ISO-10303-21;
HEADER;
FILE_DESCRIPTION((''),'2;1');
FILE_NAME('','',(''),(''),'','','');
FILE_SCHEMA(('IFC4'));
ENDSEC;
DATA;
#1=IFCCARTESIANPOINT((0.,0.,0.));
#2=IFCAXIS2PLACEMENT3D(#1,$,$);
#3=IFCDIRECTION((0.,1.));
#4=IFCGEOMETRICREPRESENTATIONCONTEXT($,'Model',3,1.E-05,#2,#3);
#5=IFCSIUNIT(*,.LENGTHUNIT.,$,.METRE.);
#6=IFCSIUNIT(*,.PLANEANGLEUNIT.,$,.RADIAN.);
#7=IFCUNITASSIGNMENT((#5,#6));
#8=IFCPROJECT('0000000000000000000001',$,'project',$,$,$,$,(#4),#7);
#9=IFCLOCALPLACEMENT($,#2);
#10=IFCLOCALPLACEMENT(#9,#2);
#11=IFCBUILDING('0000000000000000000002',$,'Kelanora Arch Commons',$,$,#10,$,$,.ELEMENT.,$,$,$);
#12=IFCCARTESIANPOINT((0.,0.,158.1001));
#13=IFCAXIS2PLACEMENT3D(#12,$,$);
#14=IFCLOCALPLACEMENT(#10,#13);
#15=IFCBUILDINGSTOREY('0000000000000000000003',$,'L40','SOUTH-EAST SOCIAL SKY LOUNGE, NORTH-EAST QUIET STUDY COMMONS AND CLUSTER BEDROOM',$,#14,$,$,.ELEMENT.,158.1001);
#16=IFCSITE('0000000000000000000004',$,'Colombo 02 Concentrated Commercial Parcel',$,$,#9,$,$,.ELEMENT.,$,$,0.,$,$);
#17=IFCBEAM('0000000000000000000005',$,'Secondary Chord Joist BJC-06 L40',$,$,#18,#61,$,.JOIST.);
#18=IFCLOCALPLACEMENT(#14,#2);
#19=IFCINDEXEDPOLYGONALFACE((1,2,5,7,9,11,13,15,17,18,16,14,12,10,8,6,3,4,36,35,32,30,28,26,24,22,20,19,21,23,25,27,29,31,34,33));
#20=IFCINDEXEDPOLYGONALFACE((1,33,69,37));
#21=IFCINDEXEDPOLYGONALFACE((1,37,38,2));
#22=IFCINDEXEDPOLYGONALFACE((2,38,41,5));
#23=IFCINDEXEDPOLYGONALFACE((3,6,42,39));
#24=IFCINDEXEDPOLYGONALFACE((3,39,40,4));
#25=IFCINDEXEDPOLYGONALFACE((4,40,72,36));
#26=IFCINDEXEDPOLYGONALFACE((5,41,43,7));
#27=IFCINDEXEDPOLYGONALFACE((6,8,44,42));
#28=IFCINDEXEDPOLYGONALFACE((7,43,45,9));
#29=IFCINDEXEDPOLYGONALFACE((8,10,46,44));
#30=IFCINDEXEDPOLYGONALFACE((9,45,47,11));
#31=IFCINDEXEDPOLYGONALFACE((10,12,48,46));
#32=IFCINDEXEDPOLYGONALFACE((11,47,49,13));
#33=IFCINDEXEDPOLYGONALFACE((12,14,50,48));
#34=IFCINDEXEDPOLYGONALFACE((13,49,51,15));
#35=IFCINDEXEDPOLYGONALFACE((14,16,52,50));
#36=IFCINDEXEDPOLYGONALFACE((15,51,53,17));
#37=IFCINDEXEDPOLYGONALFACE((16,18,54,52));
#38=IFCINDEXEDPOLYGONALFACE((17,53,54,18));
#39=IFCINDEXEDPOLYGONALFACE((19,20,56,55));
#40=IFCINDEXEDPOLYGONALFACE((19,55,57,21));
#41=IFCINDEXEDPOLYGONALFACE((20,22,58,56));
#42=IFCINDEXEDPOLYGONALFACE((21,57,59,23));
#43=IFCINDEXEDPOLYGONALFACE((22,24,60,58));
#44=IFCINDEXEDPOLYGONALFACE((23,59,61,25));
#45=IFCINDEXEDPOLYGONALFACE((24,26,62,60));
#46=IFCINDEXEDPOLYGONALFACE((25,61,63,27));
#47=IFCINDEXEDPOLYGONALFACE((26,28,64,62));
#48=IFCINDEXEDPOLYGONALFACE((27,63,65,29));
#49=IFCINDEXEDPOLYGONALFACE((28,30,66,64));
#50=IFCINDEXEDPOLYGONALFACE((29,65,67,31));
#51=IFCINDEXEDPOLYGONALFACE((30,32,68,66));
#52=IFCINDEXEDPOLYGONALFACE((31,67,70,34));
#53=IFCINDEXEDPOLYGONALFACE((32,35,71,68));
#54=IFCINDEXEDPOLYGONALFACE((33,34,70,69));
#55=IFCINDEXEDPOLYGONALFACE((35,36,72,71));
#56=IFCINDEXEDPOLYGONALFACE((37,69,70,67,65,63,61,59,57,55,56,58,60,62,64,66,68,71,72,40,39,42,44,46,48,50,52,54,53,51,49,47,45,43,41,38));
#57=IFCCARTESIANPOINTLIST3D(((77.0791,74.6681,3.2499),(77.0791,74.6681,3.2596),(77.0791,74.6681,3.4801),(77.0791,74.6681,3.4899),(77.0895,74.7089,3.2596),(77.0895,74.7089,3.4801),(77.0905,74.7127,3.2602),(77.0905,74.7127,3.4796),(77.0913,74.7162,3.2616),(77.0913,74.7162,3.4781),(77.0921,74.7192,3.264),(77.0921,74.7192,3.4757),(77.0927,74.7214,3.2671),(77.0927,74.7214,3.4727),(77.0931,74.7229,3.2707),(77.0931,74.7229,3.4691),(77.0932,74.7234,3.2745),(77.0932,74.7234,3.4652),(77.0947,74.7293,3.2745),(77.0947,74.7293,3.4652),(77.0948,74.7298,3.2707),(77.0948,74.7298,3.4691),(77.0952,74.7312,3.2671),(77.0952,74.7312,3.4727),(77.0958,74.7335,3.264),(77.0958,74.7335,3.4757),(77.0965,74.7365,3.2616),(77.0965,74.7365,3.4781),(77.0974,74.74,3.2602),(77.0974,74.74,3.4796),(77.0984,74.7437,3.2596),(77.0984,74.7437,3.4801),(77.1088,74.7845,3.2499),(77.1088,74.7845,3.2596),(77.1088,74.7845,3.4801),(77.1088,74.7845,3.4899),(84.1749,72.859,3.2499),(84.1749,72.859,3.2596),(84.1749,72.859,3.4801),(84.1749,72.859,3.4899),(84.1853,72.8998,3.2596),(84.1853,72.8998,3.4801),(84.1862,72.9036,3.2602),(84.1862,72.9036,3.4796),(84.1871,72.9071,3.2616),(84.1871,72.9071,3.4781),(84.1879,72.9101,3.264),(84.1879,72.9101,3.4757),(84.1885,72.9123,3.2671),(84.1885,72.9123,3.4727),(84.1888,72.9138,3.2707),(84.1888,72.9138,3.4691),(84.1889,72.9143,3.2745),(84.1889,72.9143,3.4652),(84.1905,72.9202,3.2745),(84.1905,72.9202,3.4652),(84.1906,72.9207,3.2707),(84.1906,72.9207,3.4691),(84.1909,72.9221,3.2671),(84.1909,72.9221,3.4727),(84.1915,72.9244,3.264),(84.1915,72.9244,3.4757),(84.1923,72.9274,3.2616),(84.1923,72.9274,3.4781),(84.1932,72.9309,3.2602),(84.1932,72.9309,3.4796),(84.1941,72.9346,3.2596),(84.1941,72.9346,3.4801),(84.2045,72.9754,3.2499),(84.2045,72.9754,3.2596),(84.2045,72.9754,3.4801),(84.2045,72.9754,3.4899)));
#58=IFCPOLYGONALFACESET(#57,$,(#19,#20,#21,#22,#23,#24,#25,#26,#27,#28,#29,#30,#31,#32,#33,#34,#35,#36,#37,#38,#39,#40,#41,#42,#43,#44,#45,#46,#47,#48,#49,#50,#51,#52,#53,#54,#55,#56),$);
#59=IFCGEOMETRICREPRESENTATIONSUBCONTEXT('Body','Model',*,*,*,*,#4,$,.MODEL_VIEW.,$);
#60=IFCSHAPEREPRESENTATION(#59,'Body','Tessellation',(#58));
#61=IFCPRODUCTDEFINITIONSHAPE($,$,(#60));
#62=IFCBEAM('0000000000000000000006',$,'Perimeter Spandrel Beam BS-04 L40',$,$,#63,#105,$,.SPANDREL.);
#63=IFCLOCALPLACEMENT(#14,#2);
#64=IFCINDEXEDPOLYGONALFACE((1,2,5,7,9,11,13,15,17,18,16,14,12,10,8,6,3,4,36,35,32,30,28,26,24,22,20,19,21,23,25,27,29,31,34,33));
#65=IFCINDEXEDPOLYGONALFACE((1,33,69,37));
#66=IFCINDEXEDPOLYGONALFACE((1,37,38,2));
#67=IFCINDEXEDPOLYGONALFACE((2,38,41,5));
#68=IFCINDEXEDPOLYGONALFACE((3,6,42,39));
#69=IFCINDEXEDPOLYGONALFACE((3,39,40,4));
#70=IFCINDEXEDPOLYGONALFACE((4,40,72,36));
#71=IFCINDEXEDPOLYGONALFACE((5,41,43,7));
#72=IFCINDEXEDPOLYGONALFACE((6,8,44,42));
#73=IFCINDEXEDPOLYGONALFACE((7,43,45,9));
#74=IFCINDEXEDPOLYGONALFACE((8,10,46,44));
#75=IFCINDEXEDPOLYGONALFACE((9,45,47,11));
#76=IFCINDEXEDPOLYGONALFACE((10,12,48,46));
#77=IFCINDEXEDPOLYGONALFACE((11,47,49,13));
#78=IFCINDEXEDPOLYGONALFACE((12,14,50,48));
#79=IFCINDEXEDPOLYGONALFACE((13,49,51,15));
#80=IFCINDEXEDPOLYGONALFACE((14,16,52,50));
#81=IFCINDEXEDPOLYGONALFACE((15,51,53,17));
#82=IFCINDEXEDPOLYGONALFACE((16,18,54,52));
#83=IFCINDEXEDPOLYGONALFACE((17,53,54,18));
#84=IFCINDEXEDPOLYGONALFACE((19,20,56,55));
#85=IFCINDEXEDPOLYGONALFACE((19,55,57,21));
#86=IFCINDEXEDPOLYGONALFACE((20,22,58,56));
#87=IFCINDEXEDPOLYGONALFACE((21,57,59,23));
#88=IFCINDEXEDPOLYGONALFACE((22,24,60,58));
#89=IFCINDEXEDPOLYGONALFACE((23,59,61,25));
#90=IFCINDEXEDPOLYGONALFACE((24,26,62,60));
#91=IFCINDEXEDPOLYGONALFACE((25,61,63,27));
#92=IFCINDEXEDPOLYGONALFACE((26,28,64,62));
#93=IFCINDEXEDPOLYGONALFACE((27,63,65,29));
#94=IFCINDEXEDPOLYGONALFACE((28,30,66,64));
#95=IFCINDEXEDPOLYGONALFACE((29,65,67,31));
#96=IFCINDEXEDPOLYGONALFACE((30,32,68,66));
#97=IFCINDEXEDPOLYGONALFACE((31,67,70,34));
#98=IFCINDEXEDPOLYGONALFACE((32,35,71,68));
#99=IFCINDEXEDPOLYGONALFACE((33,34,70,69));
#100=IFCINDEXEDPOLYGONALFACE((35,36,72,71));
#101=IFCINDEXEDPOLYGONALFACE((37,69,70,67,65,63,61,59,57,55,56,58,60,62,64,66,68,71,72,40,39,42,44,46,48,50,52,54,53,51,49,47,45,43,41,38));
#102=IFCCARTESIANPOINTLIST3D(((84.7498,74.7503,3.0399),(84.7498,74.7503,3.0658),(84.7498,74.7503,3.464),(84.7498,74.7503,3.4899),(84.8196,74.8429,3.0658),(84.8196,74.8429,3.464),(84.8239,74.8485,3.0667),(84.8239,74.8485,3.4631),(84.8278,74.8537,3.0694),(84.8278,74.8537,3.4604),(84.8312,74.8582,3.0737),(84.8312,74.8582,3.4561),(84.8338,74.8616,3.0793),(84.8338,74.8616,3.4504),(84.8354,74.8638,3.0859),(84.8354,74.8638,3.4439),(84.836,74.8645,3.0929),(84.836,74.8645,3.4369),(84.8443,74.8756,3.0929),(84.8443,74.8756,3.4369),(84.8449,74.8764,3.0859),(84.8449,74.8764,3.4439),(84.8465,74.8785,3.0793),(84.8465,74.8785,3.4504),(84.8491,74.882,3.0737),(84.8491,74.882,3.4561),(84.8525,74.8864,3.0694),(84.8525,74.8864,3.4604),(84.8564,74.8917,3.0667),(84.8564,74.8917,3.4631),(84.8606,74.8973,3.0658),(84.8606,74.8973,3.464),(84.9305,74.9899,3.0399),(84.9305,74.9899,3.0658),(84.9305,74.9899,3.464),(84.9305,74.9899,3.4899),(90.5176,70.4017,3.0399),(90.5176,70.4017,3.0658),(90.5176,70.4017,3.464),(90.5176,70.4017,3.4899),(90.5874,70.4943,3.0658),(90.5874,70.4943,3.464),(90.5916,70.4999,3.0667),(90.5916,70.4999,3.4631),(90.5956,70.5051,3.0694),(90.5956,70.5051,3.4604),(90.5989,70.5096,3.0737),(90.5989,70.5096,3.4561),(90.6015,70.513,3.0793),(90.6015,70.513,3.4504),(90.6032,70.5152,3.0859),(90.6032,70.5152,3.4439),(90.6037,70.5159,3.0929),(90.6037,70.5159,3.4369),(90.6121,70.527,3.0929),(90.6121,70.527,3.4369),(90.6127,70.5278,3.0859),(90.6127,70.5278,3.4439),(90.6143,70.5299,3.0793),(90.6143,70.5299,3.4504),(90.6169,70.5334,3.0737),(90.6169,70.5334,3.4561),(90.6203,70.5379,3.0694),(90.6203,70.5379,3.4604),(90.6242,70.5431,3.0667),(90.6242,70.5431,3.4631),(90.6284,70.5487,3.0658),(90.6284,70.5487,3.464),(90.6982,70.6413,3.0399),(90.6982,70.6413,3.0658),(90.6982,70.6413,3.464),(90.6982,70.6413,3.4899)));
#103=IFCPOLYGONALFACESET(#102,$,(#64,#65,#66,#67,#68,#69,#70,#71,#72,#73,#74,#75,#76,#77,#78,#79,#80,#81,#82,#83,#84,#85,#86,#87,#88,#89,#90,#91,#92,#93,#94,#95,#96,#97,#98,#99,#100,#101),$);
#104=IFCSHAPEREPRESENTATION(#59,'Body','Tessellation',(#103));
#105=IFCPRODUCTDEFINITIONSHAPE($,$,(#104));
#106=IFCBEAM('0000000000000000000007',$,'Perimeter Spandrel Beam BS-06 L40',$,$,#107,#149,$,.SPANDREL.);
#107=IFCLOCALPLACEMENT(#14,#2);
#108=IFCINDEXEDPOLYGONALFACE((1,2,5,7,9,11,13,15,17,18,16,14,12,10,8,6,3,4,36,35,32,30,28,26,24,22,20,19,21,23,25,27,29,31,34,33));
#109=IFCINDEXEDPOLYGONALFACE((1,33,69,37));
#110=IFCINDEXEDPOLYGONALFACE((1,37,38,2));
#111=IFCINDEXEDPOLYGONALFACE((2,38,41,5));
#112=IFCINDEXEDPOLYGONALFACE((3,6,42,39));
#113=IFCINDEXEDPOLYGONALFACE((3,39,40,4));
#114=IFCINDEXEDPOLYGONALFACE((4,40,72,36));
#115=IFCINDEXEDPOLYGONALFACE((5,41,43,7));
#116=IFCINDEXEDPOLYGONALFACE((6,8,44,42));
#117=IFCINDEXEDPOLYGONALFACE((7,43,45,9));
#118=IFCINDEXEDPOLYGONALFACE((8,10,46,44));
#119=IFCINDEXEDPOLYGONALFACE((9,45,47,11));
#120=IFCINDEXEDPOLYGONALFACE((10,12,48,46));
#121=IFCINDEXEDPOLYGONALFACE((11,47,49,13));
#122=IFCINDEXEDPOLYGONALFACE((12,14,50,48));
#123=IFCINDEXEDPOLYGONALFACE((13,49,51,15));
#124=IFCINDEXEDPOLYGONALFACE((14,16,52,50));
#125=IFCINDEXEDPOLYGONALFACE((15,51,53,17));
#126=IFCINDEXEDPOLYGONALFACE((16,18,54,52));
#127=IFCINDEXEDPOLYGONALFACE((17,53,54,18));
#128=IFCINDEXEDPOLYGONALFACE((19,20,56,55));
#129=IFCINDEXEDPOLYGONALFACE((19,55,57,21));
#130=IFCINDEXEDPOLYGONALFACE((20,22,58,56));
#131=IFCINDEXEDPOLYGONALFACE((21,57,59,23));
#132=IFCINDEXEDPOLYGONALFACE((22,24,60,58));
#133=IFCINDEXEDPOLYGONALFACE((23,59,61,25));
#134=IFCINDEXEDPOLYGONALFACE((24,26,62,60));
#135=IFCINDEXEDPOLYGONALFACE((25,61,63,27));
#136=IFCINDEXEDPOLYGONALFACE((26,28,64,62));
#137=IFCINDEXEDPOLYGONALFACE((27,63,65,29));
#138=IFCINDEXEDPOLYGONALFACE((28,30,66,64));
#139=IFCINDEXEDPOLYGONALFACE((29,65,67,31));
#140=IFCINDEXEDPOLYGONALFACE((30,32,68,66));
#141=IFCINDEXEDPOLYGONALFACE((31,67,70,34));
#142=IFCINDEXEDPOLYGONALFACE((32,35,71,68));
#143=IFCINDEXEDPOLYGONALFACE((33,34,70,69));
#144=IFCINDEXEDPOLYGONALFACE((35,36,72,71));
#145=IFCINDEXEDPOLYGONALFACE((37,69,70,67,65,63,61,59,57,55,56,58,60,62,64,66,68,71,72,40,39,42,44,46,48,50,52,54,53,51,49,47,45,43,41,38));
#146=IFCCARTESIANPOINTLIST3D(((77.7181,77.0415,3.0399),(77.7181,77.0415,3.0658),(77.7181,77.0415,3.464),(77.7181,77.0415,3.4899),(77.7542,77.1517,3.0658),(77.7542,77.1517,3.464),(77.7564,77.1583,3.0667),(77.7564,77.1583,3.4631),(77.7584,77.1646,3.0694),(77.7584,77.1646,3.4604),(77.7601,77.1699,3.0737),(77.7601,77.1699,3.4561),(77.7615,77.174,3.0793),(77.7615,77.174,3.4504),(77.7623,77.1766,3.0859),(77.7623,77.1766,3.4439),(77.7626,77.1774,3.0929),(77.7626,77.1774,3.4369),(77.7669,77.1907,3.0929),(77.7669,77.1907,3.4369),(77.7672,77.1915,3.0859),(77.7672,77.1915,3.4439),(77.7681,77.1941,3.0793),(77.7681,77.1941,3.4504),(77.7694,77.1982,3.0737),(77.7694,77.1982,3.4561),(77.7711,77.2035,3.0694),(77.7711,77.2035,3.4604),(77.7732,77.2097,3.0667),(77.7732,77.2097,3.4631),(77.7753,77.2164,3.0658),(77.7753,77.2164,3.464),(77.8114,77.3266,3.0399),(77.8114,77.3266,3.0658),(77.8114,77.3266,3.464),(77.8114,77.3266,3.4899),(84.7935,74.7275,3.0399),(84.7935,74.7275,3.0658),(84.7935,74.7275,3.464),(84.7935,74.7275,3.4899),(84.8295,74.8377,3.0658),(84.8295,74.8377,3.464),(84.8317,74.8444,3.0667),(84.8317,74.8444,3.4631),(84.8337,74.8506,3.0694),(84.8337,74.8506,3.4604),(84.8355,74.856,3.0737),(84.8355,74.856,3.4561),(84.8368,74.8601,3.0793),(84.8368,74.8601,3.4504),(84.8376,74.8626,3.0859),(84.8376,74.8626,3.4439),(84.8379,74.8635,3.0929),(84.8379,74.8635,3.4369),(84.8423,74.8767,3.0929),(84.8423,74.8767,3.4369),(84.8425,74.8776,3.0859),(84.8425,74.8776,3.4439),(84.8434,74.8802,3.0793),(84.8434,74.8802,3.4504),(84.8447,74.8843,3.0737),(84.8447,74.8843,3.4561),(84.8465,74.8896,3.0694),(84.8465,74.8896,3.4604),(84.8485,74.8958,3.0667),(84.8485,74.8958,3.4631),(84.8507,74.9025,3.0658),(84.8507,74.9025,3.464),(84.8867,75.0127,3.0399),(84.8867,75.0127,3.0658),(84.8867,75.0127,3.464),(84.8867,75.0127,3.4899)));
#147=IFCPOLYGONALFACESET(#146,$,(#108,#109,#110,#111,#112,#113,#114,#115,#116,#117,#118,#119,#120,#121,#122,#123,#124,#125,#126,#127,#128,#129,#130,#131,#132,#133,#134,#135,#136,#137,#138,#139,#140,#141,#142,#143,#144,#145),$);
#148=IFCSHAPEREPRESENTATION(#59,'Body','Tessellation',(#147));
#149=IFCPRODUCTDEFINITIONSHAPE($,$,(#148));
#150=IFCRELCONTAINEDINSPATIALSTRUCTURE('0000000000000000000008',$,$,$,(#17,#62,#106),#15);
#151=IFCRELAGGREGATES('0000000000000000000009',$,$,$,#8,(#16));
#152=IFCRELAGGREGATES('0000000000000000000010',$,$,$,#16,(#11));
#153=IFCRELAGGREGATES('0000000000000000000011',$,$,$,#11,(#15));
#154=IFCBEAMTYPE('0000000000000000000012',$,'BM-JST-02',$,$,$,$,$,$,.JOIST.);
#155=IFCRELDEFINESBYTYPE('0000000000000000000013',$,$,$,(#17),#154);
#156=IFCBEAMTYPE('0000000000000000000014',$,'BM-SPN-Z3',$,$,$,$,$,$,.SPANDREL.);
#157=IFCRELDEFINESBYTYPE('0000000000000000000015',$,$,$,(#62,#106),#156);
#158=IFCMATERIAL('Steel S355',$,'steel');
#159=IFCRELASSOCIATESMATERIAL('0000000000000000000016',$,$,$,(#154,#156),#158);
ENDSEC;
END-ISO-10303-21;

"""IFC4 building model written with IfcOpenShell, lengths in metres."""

from ifc_helpers import new_model, si_unit, direction, frame, origin, origin_2d, place, context, subcontext, project, spatial, i_section, extrude, material, material_profile, profile_set, type_object, element, save


model = new_model("IFC4")

# Units and contexts
model_context = context("Model", 3, precision=1e-05, world=origin(), true_north=direction((0.0, 1.0)))
body_context = subcontext(model_context, "Body", "Model", "MODEL_VIEW")
ifc_project = project(units=[si_unit("LENGTHUNIT", "METRE"), si_unit("PLANEANGLEUNIT", "RADIAN")], contexts=[model_context])

# Site, building, storey
site_placement = place(None, origin())
site = spatial("IfcSite", under=ifc_project, at=site_placement, Name="Colombo 02 Concentrated Commercial Parcel", CompositionType="ELEMENT", RefElevation=0.0)
building_placement = place(site_placement, origin())
building = spatial("IfcBuilding", under=site, at=building_placement, Name="Kelanora Arch Commons", CompositionType="ELEMENT")
storey_placement = place(building_placement, frame((0.0, 0.0, 158.1001)))
storey = spatial("IfcBuildingStorey", under=building, at=storey_placement, Name="L40", Description="SOUTH-EAST SOCIAL SKY LOUNGE, NORTH-EAST QUIET STUDY COMMONS AND CLUSTER BEDROOM", CompositionType="ELEMENT", Elevation=158.1001)

# Beams
ifc_material_1 = material(Name="Steel S355", Category="steel")
ifc_material_profile_1 = material_profile(ifc_material_1, i_section(OverallWidth=0.1201, OverallDepth=0.24, WebThickness=0.0061, FlangeThickness=0.0098, FilletRadius=0.0149, at=origin_2d()), Name="IPE240")
ifc_profile_set_1 = profile_set([ifc_material_profile_1], Name="Steel S355")
beam_type_1 = type_object("IfcBeamType", Name="BM-JST-02", PredefinedType="JOIST", material=ifc_profile_set_1)
beam_1_placement = place(storey_placement, frame((84.1897, 72.9172, 3.3699), z_axis=(-0.969002, 0.247052, 0.0), x_axis=(-0.247052, -0.969002, 0.0)))
element("IfcBeam", 1, at=beam_1_placement, inside=storey, type_object=beam_type_1, Name="Secondary Chord Joist BJC-06 L40", PredefinedType="JOIST", context=body_context, shape_type="SweptSolid", body=[
    extrude(i_section(OverallWidth=0.1201, OverallDepth=0.24, WebThickness=0.0061, FlangeThickness=0.0098, FilletRadius=0.0149, at=origin_2d()), origin(), (0.0, 0.0, 1.0), 7.3228),
])
ifc_material_profile_2 = material_profile(ifc_material_1, i_section(OverallWidth=0.3, OverallDepth=0.45, WebThickness=0.0139, FlangeThickness=0.0259, FilletRadius=0.0271, at=origin_2d()), Name="HEB450")
ifc_profile_set_2 = profile_set([ifc_material_profile_2], Name="Steel S355")
beam_type_2 = type_object("IfcBeamType", Name="BM-SPN-Z3", PredefinedType="SPANDREL", material=ifc_profile_set_2)
beam_2_placement = place(storey_placement, frame((90.6079, 70.5215, 3.2649), z_axis=(-0.798485, 0.602015, 0.0), x_axis=(-0.602015, -0.798485, 0.0)))
element("IfcBeam", 2, at=beam_2_placement, inside=storey, type_object=beam_type_2, Name="Perimeter Spandrel Beam BS-04 L40", PredefinedType="SPANDREL", context=body_context, shape_type="SweptSolid", body=[
    extrude(i_section(OverallWidth=0.3, OverallDepth=0.45, WebThickness=0.0139, FlangeThickness=0.0259, FilletRadius=0.0271, at=origin_2d()), origin(), (0.0, 0.0, 1.0), 7.2234),
])
beam_3_placement = place(storey_placement, frame((84.8401, 74.8701, 3.2649), z_axis=(-0.950462, 0.310841, 0.0), x_axis=(-0.310841, -0.950462, 0.0)))
element("IfcBeam", 3, at=beam_3_placement, inside=storey, type_object=beam_type_2, Name="Perimeter Spandrel Beam BS-06 L40", PredefinedType="SPANDREL", context=body_context, shape_type="SweptSolid", body=[
    extrude(i_section(OverallWidth=0.3, OverallDepth=0.45, WebThickness=0.0139, FlangeThickness=0.0259, FilletRadius=0.0271, at=origin_2d()), origin(), (0.0, 0.0, 1.0), 7.4441),
])

save(model, "model.ifc")
